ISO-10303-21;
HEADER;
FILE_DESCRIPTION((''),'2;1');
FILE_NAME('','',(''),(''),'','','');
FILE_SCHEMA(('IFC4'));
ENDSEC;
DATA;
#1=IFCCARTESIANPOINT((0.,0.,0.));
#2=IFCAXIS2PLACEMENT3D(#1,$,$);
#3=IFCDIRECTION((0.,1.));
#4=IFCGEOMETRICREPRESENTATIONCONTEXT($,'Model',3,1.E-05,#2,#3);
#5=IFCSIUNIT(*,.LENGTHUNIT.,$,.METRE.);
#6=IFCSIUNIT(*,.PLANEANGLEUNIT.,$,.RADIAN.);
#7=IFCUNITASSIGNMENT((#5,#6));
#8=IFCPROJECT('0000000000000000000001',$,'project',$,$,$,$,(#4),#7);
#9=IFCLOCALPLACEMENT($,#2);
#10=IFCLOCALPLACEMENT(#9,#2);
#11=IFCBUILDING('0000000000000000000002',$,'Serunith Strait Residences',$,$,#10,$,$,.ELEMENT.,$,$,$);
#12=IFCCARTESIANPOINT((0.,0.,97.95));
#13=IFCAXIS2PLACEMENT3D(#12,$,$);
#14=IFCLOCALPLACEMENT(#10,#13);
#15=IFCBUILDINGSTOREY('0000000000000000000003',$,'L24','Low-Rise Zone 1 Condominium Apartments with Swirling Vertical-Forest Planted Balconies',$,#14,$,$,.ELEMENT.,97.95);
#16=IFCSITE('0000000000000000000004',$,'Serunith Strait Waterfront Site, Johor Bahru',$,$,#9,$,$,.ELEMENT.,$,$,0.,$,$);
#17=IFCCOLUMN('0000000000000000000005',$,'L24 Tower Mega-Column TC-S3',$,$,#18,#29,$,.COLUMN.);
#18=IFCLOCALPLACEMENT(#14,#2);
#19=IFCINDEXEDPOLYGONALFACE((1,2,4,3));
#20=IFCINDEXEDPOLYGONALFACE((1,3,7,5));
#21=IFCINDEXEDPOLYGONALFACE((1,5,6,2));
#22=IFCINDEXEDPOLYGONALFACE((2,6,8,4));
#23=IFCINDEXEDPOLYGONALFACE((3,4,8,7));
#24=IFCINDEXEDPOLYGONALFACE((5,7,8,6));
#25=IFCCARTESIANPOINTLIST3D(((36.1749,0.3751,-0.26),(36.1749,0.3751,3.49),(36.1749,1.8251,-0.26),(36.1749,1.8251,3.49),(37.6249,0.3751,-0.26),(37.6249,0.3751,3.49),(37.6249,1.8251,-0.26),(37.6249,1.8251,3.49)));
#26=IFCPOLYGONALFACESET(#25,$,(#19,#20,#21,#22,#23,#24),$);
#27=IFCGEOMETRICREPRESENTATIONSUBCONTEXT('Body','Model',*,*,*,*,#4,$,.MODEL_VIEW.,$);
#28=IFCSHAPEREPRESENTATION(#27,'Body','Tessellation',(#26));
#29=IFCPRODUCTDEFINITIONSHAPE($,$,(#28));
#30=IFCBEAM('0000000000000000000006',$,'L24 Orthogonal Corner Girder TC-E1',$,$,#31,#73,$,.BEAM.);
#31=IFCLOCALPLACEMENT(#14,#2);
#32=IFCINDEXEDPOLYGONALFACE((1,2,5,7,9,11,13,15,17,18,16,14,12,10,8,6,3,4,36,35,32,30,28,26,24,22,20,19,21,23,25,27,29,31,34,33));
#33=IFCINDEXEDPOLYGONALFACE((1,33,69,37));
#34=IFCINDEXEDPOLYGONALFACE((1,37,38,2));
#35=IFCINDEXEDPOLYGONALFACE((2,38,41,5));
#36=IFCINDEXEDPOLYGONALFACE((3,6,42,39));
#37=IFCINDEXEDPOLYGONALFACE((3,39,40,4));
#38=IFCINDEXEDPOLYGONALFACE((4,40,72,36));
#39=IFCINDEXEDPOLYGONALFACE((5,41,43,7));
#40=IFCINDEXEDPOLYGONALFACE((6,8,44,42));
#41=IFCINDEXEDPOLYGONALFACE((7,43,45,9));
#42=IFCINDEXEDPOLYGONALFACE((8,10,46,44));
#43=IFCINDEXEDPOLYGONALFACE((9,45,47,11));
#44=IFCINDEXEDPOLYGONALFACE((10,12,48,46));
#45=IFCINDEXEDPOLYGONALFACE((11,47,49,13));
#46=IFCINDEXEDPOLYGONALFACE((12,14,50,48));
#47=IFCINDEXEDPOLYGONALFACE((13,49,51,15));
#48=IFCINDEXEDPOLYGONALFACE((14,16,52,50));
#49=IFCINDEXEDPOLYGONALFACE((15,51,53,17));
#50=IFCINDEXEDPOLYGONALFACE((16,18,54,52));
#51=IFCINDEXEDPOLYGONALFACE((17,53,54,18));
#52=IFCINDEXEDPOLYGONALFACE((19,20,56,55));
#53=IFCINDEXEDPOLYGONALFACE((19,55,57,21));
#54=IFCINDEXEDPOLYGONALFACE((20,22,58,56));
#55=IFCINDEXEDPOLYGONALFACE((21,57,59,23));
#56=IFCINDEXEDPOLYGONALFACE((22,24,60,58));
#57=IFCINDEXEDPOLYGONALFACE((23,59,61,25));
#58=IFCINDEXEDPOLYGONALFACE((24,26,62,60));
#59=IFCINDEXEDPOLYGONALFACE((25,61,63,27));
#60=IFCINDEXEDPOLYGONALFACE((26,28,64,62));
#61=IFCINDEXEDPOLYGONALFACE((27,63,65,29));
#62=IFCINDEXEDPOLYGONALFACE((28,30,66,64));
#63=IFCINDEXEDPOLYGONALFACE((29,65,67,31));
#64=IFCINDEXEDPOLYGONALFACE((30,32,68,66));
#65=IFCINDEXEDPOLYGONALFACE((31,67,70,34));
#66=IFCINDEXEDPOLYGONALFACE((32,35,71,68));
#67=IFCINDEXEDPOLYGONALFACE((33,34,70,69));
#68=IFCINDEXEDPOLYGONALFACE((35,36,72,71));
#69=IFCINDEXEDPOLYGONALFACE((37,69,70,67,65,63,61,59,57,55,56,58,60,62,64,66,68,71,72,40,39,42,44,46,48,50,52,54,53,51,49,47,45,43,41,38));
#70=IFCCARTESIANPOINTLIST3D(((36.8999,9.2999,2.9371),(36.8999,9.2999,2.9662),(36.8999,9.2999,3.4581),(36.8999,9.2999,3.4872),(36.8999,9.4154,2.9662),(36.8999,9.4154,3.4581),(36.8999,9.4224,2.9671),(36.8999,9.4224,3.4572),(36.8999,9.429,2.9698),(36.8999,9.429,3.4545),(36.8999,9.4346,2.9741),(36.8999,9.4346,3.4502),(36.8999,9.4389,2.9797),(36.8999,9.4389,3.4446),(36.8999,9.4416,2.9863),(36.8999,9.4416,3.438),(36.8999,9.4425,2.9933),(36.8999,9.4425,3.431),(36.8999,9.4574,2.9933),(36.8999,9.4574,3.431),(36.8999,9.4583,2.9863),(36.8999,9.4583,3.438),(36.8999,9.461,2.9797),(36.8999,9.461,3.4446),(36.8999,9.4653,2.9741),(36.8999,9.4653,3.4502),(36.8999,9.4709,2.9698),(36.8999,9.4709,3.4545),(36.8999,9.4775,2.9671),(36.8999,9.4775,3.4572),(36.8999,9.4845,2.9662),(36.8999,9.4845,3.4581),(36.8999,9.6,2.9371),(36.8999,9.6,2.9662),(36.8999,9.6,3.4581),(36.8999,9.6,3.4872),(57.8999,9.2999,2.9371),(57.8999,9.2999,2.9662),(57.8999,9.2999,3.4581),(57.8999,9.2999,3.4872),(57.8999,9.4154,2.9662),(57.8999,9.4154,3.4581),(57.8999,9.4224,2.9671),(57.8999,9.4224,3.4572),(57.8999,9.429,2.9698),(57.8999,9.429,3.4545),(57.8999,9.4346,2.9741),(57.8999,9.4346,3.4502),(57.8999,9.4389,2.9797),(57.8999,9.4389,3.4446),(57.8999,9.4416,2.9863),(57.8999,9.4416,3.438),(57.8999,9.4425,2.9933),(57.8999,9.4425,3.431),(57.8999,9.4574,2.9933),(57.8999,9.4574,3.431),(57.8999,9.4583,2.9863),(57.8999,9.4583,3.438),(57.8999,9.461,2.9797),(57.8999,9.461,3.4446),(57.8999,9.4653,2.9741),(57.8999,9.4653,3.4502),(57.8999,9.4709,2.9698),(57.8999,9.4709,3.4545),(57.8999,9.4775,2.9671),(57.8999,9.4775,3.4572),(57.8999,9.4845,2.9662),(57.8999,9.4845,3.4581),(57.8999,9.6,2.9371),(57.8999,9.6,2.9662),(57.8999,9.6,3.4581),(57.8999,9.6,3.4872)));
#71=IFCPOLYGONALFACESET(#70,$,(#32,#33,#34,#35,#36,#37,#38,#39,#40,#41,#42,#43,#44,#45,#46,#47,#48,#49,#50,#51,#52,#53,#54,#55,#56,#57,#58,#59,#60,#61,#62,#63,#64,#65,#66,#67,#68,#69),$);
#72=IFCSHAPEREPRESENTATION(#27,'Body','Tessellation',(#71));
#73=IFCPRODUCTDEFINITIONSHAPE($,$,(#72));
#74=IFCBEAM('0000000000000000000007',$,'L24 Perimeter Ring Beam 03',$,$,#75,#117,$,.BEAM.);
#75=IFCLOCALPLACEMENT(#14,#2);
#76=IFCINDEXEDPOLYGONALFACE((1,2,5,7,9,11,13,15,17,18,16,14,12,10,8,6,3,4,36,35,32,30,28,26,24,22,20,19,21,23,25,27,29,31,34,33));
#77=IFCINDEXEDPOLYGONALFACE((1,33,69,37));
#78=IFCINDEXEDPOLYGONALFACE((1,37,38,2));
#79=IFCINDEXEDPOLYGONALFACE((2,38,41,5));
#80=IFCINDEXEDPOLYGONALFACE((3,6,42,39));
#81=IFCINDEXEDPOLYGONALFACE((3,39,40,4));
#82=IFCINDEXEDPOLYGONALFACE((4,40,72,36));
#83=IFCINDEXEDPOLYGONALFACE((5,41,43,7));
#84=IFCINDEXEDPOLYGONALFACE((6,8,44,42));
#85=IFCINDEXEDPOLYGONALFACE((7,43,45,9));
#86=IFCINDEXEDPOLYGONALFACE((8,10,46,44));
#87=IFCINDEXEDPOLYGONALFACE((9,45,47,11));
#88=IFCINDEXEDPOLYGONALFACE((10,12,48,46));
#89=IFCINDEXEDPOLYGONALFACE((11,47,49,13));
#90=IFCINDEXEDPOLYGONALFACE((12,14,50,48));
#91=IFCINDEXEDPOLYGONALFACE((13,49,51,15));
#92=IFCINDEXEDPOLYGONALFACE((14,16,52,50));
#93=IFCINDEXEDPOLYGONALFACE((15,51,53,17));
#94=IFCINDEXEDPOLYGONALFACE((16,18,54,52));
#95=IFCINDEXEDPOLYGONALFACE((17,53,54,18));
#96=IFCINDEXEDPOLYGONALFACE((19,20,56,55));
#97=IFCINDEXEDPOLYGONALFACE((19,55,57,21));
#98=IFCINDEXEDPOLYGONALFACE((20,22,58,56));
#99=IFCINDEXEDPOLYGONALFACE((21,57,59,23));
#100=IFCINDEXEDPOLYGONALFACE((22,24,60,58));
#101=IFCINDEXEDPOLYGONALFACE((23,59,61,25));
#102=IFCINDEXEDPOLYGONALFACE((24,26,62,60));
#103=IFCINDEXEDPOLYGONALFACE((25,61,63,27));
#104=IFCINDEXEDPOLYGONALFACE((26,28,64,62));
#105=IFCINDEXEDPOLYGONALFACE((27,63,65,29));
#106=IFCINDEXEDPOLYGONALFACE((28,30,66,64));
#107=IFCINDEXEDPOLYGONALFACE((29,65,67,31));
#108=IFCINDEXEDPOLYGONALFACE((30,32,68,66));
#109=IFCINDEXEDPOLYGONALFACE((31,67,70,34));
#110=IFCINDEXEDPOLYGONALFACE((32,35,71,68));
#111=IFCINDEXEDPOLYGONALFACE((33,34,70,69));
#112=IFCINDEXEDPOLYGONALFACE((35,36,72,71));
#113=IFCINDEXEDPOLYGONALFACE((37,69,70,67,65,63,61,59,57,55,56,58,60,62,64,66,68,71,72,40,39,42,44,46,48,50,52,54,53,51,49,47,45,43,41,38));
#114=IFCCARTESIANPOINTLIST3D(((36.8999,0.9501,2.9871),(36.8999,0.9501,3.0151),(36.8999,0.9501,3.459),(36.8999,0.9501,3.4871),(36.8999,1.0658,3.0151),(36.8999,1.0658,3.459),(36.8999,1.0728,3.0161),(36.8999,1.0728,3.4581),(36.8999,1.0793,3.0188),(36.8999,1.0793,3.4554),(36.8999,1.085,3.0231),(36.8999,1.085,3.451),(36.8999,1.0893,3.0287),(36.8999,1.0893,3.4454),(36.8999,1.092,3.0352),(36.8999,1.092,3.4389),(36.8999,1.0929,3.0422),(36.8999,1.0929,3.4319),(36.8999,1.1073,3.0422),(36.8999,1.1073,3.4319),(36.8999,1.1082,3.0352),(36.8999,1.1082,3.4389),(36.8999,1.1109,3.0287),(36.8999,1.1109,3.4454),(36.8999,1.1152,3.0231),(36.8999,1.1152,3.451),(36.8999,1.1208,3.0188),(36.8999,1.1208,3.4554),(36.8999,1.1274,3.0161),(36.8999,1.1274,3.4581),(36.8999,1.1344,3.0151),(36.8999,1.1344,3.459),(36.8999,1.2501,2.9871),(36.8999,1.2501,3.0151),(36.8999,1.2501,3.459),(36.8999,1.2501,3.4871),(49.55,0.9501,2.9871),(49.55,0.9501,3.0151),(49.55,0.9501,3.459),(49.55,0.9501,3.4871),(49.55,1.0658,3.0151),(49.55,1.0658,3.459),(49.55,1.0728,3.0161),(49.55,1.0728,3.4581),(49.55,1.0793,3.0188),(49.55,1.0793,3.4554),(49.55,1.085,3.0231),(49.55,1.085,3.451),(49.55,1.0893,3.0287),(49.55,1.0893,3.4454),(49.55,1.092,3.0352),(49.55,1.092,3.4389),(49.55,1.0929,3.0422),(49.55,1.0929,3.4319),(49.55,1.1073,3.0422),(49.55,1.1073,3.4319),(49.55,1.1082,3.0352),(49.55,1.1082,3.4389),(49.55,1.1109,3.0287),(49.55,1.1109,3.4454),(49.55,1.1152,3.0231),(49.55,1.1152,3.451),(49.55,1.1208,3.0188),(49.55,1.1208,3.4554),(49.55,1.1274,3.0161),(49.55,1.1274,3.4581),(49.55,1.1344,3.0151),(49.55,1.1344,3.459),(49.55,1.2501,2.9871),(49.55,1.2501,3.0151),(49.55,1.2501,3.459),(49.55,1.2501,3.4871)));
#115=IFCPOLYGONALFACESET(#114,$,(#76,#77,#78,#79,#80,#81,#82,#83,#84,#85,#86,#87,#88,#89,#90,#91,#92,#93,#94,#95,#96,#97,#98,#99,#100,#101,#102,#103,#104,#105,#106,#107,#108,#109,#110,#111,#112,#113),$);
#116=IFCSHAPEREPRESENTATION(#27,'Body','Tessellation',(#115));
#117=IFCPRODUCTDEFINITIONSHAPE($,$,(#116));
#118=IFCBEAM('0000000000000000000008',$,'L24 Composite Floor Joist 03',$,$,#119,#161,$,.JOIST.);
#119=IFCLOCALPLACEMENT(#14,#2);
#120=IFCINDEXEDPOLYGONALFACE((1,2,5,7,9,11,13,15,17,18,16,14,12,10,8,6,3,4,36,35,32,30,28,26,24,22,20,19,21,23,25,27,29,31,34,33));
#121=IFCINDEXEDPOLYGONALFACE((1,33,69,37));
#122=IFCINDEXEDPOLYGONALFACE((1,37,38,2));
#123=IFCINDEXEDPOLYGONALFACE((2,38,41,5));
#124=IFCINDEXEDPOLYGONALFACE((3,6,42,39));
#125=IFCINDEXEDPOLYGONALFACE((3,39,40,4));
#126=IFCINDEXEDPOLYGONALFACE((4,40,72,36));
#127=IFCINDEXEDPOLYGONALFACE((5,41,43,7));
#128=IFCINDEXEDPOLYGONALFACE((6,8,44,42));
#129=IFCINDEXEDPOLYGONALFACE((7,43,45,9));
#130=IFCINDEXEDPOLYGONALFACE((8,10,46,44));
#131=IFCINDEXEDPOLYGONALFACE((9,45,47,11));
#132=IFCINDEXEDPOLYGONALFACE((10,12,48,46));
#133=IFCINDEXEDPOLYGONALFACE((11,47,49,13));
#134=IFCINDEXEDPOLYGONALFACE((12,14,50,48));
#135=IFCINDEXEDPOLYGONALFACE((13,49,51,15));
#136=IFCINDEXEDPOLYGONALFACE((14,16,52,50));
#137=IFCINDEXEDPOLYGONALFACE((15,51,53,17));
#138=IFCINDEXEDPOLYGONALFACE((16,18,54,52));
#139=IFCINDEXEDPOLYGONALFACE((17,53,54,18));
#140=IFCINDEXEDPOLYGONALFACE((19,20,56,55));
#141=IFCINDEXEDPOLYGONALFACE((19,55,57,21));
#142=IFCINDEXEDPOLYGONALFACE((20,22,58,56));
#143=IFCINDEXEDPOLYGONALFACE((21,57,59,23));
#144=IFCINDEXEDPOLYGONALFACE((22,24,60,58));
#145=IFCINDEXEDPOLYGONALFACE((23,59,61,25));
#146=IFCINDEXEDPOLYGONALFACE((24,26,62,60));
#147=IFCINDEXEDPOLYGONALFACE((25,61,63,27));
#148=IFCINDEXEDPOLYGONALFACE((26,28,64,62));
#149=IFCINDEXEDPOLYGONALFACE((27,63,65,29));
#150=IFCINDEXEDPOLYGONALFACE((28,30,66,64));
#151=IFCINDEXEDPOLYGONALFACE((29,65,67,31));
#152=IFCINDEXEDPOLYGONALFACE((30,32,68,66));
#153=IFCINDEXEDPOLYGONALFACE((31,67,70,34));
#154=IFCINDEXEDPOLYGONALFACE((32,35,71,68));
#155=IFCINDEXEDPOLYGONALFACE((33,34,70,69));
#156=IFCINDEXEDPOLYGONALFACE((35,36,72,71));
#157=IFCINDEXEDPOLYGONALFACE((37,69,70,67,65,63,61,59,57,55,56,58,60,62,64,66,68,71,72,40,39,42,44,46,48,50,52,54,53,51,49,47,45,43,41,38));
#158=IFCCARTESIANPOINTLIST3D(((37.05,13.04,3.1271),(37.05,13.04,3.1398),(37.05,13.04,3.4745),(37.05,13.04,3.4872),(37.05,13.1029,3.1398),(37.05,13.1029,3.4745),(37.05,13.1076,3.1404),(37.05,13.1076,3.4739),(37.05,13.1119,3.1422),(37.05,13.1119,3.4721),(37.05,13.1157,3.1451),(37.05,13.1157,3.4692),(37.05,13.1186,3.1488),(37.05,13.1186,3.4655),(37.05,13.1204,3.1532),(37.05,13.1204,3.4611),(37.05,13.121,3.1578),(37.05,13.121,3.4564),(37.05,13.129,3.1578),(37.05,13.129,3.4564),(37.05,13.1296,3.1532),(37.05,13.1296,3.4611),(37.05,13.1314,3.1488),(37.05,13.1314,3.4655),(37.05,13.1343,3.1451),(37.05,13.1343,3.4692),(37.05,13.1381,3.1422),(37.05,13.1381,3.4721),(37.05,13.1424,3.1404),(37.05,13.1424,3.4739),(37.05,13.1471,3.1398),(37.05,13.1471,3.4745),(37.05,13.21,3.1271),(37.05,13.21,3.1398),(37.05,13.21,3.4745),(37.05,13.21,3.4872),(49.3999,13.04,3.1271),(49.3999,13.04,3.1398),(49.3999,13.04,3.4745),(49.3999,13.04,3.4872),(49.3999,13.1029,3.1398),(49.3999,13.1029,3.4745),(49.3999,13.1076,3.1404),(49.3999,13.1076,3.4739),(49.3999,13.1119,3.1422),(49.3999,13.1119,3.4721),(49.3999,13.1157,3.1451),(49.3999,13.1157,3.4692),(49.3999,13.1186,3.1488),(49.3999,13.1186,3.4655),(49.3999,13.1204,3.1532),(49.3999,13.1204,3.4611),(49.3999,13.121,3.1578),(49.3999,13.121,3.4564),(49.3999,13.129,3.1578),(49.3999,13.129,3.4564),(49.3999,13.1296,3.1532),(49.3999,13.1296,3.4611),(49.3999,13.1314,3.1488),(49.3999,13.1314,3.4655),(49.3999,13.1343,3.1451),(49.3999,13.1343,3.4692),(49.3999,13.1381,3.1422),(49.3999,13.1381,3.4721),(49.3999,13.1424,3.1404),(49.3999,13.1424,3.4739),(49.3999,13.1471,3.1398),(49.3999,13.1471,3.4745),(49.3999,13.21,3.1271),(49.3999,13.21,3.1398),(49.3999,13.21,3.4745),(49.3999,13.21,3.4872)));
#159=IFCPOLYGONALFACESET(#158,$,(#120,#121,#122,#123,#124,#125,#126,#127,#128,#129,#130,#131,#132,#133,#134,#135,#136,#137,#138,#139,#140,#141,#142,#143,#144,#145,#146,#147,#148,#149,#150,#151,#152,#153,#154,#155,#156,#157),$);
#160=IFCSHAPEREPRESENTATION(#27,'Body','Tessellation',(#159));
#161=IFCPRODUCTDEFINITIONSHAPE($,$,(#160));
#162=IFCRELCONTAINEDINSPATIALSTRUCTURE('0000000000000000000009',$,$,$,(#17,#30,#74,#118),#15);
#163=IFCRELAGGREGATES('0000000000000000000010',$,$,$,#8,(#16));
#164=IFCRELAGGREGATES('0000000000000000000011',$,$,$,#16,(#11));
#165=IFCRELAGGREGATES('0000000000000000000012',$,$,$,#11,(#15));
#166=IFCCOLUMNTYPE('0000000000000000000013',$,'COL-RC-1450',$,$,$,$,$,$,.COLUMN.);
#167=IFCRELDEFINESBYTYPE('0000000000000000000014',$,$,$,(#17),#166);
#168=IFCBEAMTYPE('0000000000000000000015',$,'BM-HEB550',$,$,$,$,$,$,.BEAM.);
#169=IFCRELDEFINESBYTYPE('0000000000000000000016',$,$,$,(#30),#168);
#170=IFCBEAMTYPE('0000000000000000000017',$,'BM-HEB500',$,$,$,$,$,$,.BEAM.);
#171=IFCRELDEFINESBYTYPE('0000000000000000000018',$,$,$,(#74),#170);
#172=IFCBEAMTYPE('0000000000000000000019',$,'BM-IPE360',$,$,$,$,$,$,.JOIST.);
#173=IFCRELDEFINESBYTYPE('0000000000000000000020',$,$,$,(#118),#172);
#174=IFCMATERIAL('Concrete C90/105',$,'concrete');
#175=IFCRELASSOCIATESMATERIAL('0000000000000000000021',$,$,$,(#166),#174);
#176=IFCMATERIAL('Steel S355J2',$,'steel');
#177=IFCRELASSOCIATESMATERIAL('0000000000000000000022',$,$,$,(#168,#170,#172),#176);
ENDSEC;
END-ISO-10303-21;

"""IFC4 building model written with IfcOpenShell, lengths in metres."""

from ifc_helpers import new_model, si_unit, direction, frame, origin, origin_2d, place, context, subcontext, project, spatial, rectangle, i_section, extrude, source, transform, mapped, material, material_profile, profile_set, type_object, element, save


model = new_model("IFC4")

# Units and contexts
model_context = context("Model", 3, precision=1e-05, world=origin(), true_north=direction((0.0, 1.0)))
body_context = subcontext(model_context, "Body", "Model", "MODEL_VIEW")
ifc_project = project(units=[si_unit("LENGTHUNIT", "METRE"), si_unit("PLANEANGLEUNIT", "RADIAN")], contexts=[model_context])

# Site, building, storey
site_placement = place(None, origin())
site = spatial("IfcSite", under=ifc_project, at=site_placement, Name="Serunith Strait Waterfront Site, Johor Bahru", CompositionType="ELEMENT", RefElevation=0.0)
building_placement = place(site_placement, origin())
building = spatial("IfcBuilding", under=site, at=building_placement, Name="Serunith Strait Residences", CompositionType="ELEMENT")
storey_placement = place(building_placement, frame((0.0, 0.0, 97.95)))
storey = spatial("IfcBuildingStorey", under=building, at=storey_placement, Name="L24", Description="Low-Rise Zone 1 Condominium Apartments with Swirling Vertical-Forest Planted Balconies", CompositionType="ELEMENT", Elevation=97.95)

# Column
ifc_material_1 = material(Name="Concrete C90/105", Category="concrete")
ifc_material_profile_1 = material_profile(ifc_material_1, rectangle(XDim=1.45, YDim=1.45, at=origin_2d()), Name="RC 1450x1450")
ifc_profile_set_1 = profile_set([ifc_material_profile_1], Name="Concrete C90/105")
column_type = type_object("IfcColumnType", Name="COL-RC-1450", PredefinedType="COLUMN", material=ifc_profile_set_1)
shared_shape_1 = source(origin(), body_context, "Body", "SweptSolid", [
    extrude(rectangle(XDim=1.45, YDim=1.45, at=origin_2d()), origin(), (0.0, 0.0, 1.0), 3.75),
])
column_placement = place(storey_placement, frame((36.8999, 1.1001, -0.26), z_axis=(0.0, 0.0, 1.0), x_axis=(1.0, 0.0, 0.0)))
element("IfcColumn", 1, at=column_placement, inside=storey, type_object=column_type, Name="L24 Tower Mega-Column TC-S3", PredefinedType="COLUMN", context=body_context, shape_type="MappedRepresentation", body=[
    mapped(shared_shape_1, transform((0.0, 0.0, 0.0), scale=1.0)),
])

# Beams
ifc_material_2 = material(Name="Steel S355J2", Category="steel")
ifc_material_profile_2 = material_profile(ifc_material_2, i_section(OverallWidth=0.3, OverallDepth=0.55, WebThickness=0.0149, FlangeThickness=0.0291, FilletRadius=0.0271, at=origin_2d()), Name="HEB 550")
ifc_profile_set_2 = profile_set([ifc_material_profile_2], Name="Steel S355J2")
beam_type_1 = type_object("IfcBeamType", Name="BM-HEB550", PredefinedType="BEAM", material=ifc_profile_set_2)
shared_shape_2 = source(origin(), body_context, "Body", "SweptSolid", [
    extrude(i_section(OverallWidth=0.3, OverallDepth=0.55, WebThickness=0.0149, FlangeThickness=0.0291, FilletRadius=0.0271, at=origin_2d()), origin(), (0.0, 0.0, 1.0), 21.0),
])
beam_1_placement = place(storey_placement, frame((36.8999, 9.45, 3.2122), z_axis=(1.0, 0.0, 0.0), x_axis=(0.0, 1.0, 0.0)))
element("IfcBeam", 2, at=beam_1_placement, inside=storey, type_object=beam_type_1, Name="L24 Orthogonal Corner Girder TC-E1", PredefinedType="BEAM", context=body_context, shape_type="MappedRepresentation", body=[
    mapped(shared_shape_2, transform((0.0, 0.0, 0.0), scale=1.0)),
])
ifc_material_profile_3 = material_profile(ifc_material_2, i_section(OverallWidth=0.3, OverallDepth=0.5, WebThickness=0.0144, FlangeThickness=0.0281, FilletRadius=0.0271, at=origin_2d()), Name="HEB 500")
ifc_profile_set_3 = profile_set([ifc_material_profile_3], Name="Steel S355J2")
beam_type_2 = type_object("IfcBeamType", Name="BM-HEB500", PredefinedType="BEAM", material=ifc_profile_set_3)
shared_shape_3 = source(origin(), body_context, "Body", "SweptSolid", [
    extrude(i_section(OverallWidth=0.3, OverallDepth=0.5, WebThickness=0.0144, FlangeThickness=0.0281, FilletRadius=0.0271, at=origin_2d()), origin(), (0.0, 0.0, 1.0), 12.6501),
])
beam_2_placement = place(storey_placement, frame((36.8999, 1.1001, 3.2371), z_axis=(1.0, 0.0, 0.0), x_axis=(0.0, 1.0, 0.0)))
element("IfcBeam", 3, at=beam_2_placement, inside=storey, type_object=beam_type_2, Name="L24 Perimeter Ring Beam 03", PredefinedType="BEAM", context=body_context, shape_type="MappedRepresentation", body=[
    mapped(shared_shape_3, transform((0.0, 0.0, 0.0), scale=1.0)),
])
ifc_material_profile_4 = material_profile(ifc_material_2, i_section(OverallWidth=0.1699, OverallDepth=0.3601, WebThickness=0.0081, FlangeThickness=0.0127, FilletRadius=0.0181, at=origin_2d()), Name="IPE 360")
ifc_profile_set_4 = profile_set([ifc_material_profile_4], Name="Steel S355J2")
beam_type_3 = type_object("IfcBeamType", Name="BM-IPE360", PredefinedType="JOIST", material=ifc_profile_set_4)
shared_shape_4 = source(origin(), body_context, "Body", "SweptSolid", [
    extrude(i_section(OverallWidth=0.1699, OverallDepth=0.3601, WebThickness=0.0081, FlangeThickness=0.0127, FilletRadius=0.0181, at=origin_2d()), origin(), (0.0, 0.0, 1.0), 12.3499),
])
beam_3_placement = place(storey_placement, frame((37.05, 13.125, 3.3071), z_axis=(1.0, 0.0, 0.0), x_axis=(0.0, 1.0, 0.0)))
element("IfcBeam", 4, at=beam_3_placement, inside=storey, type_object=beam_type_3, Name="L24 Composite Floor Joist 03", PredefinedType="JOIST", context=body_context, shape_type="MappedRepresentation", body=[
    mapped(shared_shape_4, transform((0.0, 0.0, 0.0), scale=1.0)),
])

save(model, "model.ifc")
